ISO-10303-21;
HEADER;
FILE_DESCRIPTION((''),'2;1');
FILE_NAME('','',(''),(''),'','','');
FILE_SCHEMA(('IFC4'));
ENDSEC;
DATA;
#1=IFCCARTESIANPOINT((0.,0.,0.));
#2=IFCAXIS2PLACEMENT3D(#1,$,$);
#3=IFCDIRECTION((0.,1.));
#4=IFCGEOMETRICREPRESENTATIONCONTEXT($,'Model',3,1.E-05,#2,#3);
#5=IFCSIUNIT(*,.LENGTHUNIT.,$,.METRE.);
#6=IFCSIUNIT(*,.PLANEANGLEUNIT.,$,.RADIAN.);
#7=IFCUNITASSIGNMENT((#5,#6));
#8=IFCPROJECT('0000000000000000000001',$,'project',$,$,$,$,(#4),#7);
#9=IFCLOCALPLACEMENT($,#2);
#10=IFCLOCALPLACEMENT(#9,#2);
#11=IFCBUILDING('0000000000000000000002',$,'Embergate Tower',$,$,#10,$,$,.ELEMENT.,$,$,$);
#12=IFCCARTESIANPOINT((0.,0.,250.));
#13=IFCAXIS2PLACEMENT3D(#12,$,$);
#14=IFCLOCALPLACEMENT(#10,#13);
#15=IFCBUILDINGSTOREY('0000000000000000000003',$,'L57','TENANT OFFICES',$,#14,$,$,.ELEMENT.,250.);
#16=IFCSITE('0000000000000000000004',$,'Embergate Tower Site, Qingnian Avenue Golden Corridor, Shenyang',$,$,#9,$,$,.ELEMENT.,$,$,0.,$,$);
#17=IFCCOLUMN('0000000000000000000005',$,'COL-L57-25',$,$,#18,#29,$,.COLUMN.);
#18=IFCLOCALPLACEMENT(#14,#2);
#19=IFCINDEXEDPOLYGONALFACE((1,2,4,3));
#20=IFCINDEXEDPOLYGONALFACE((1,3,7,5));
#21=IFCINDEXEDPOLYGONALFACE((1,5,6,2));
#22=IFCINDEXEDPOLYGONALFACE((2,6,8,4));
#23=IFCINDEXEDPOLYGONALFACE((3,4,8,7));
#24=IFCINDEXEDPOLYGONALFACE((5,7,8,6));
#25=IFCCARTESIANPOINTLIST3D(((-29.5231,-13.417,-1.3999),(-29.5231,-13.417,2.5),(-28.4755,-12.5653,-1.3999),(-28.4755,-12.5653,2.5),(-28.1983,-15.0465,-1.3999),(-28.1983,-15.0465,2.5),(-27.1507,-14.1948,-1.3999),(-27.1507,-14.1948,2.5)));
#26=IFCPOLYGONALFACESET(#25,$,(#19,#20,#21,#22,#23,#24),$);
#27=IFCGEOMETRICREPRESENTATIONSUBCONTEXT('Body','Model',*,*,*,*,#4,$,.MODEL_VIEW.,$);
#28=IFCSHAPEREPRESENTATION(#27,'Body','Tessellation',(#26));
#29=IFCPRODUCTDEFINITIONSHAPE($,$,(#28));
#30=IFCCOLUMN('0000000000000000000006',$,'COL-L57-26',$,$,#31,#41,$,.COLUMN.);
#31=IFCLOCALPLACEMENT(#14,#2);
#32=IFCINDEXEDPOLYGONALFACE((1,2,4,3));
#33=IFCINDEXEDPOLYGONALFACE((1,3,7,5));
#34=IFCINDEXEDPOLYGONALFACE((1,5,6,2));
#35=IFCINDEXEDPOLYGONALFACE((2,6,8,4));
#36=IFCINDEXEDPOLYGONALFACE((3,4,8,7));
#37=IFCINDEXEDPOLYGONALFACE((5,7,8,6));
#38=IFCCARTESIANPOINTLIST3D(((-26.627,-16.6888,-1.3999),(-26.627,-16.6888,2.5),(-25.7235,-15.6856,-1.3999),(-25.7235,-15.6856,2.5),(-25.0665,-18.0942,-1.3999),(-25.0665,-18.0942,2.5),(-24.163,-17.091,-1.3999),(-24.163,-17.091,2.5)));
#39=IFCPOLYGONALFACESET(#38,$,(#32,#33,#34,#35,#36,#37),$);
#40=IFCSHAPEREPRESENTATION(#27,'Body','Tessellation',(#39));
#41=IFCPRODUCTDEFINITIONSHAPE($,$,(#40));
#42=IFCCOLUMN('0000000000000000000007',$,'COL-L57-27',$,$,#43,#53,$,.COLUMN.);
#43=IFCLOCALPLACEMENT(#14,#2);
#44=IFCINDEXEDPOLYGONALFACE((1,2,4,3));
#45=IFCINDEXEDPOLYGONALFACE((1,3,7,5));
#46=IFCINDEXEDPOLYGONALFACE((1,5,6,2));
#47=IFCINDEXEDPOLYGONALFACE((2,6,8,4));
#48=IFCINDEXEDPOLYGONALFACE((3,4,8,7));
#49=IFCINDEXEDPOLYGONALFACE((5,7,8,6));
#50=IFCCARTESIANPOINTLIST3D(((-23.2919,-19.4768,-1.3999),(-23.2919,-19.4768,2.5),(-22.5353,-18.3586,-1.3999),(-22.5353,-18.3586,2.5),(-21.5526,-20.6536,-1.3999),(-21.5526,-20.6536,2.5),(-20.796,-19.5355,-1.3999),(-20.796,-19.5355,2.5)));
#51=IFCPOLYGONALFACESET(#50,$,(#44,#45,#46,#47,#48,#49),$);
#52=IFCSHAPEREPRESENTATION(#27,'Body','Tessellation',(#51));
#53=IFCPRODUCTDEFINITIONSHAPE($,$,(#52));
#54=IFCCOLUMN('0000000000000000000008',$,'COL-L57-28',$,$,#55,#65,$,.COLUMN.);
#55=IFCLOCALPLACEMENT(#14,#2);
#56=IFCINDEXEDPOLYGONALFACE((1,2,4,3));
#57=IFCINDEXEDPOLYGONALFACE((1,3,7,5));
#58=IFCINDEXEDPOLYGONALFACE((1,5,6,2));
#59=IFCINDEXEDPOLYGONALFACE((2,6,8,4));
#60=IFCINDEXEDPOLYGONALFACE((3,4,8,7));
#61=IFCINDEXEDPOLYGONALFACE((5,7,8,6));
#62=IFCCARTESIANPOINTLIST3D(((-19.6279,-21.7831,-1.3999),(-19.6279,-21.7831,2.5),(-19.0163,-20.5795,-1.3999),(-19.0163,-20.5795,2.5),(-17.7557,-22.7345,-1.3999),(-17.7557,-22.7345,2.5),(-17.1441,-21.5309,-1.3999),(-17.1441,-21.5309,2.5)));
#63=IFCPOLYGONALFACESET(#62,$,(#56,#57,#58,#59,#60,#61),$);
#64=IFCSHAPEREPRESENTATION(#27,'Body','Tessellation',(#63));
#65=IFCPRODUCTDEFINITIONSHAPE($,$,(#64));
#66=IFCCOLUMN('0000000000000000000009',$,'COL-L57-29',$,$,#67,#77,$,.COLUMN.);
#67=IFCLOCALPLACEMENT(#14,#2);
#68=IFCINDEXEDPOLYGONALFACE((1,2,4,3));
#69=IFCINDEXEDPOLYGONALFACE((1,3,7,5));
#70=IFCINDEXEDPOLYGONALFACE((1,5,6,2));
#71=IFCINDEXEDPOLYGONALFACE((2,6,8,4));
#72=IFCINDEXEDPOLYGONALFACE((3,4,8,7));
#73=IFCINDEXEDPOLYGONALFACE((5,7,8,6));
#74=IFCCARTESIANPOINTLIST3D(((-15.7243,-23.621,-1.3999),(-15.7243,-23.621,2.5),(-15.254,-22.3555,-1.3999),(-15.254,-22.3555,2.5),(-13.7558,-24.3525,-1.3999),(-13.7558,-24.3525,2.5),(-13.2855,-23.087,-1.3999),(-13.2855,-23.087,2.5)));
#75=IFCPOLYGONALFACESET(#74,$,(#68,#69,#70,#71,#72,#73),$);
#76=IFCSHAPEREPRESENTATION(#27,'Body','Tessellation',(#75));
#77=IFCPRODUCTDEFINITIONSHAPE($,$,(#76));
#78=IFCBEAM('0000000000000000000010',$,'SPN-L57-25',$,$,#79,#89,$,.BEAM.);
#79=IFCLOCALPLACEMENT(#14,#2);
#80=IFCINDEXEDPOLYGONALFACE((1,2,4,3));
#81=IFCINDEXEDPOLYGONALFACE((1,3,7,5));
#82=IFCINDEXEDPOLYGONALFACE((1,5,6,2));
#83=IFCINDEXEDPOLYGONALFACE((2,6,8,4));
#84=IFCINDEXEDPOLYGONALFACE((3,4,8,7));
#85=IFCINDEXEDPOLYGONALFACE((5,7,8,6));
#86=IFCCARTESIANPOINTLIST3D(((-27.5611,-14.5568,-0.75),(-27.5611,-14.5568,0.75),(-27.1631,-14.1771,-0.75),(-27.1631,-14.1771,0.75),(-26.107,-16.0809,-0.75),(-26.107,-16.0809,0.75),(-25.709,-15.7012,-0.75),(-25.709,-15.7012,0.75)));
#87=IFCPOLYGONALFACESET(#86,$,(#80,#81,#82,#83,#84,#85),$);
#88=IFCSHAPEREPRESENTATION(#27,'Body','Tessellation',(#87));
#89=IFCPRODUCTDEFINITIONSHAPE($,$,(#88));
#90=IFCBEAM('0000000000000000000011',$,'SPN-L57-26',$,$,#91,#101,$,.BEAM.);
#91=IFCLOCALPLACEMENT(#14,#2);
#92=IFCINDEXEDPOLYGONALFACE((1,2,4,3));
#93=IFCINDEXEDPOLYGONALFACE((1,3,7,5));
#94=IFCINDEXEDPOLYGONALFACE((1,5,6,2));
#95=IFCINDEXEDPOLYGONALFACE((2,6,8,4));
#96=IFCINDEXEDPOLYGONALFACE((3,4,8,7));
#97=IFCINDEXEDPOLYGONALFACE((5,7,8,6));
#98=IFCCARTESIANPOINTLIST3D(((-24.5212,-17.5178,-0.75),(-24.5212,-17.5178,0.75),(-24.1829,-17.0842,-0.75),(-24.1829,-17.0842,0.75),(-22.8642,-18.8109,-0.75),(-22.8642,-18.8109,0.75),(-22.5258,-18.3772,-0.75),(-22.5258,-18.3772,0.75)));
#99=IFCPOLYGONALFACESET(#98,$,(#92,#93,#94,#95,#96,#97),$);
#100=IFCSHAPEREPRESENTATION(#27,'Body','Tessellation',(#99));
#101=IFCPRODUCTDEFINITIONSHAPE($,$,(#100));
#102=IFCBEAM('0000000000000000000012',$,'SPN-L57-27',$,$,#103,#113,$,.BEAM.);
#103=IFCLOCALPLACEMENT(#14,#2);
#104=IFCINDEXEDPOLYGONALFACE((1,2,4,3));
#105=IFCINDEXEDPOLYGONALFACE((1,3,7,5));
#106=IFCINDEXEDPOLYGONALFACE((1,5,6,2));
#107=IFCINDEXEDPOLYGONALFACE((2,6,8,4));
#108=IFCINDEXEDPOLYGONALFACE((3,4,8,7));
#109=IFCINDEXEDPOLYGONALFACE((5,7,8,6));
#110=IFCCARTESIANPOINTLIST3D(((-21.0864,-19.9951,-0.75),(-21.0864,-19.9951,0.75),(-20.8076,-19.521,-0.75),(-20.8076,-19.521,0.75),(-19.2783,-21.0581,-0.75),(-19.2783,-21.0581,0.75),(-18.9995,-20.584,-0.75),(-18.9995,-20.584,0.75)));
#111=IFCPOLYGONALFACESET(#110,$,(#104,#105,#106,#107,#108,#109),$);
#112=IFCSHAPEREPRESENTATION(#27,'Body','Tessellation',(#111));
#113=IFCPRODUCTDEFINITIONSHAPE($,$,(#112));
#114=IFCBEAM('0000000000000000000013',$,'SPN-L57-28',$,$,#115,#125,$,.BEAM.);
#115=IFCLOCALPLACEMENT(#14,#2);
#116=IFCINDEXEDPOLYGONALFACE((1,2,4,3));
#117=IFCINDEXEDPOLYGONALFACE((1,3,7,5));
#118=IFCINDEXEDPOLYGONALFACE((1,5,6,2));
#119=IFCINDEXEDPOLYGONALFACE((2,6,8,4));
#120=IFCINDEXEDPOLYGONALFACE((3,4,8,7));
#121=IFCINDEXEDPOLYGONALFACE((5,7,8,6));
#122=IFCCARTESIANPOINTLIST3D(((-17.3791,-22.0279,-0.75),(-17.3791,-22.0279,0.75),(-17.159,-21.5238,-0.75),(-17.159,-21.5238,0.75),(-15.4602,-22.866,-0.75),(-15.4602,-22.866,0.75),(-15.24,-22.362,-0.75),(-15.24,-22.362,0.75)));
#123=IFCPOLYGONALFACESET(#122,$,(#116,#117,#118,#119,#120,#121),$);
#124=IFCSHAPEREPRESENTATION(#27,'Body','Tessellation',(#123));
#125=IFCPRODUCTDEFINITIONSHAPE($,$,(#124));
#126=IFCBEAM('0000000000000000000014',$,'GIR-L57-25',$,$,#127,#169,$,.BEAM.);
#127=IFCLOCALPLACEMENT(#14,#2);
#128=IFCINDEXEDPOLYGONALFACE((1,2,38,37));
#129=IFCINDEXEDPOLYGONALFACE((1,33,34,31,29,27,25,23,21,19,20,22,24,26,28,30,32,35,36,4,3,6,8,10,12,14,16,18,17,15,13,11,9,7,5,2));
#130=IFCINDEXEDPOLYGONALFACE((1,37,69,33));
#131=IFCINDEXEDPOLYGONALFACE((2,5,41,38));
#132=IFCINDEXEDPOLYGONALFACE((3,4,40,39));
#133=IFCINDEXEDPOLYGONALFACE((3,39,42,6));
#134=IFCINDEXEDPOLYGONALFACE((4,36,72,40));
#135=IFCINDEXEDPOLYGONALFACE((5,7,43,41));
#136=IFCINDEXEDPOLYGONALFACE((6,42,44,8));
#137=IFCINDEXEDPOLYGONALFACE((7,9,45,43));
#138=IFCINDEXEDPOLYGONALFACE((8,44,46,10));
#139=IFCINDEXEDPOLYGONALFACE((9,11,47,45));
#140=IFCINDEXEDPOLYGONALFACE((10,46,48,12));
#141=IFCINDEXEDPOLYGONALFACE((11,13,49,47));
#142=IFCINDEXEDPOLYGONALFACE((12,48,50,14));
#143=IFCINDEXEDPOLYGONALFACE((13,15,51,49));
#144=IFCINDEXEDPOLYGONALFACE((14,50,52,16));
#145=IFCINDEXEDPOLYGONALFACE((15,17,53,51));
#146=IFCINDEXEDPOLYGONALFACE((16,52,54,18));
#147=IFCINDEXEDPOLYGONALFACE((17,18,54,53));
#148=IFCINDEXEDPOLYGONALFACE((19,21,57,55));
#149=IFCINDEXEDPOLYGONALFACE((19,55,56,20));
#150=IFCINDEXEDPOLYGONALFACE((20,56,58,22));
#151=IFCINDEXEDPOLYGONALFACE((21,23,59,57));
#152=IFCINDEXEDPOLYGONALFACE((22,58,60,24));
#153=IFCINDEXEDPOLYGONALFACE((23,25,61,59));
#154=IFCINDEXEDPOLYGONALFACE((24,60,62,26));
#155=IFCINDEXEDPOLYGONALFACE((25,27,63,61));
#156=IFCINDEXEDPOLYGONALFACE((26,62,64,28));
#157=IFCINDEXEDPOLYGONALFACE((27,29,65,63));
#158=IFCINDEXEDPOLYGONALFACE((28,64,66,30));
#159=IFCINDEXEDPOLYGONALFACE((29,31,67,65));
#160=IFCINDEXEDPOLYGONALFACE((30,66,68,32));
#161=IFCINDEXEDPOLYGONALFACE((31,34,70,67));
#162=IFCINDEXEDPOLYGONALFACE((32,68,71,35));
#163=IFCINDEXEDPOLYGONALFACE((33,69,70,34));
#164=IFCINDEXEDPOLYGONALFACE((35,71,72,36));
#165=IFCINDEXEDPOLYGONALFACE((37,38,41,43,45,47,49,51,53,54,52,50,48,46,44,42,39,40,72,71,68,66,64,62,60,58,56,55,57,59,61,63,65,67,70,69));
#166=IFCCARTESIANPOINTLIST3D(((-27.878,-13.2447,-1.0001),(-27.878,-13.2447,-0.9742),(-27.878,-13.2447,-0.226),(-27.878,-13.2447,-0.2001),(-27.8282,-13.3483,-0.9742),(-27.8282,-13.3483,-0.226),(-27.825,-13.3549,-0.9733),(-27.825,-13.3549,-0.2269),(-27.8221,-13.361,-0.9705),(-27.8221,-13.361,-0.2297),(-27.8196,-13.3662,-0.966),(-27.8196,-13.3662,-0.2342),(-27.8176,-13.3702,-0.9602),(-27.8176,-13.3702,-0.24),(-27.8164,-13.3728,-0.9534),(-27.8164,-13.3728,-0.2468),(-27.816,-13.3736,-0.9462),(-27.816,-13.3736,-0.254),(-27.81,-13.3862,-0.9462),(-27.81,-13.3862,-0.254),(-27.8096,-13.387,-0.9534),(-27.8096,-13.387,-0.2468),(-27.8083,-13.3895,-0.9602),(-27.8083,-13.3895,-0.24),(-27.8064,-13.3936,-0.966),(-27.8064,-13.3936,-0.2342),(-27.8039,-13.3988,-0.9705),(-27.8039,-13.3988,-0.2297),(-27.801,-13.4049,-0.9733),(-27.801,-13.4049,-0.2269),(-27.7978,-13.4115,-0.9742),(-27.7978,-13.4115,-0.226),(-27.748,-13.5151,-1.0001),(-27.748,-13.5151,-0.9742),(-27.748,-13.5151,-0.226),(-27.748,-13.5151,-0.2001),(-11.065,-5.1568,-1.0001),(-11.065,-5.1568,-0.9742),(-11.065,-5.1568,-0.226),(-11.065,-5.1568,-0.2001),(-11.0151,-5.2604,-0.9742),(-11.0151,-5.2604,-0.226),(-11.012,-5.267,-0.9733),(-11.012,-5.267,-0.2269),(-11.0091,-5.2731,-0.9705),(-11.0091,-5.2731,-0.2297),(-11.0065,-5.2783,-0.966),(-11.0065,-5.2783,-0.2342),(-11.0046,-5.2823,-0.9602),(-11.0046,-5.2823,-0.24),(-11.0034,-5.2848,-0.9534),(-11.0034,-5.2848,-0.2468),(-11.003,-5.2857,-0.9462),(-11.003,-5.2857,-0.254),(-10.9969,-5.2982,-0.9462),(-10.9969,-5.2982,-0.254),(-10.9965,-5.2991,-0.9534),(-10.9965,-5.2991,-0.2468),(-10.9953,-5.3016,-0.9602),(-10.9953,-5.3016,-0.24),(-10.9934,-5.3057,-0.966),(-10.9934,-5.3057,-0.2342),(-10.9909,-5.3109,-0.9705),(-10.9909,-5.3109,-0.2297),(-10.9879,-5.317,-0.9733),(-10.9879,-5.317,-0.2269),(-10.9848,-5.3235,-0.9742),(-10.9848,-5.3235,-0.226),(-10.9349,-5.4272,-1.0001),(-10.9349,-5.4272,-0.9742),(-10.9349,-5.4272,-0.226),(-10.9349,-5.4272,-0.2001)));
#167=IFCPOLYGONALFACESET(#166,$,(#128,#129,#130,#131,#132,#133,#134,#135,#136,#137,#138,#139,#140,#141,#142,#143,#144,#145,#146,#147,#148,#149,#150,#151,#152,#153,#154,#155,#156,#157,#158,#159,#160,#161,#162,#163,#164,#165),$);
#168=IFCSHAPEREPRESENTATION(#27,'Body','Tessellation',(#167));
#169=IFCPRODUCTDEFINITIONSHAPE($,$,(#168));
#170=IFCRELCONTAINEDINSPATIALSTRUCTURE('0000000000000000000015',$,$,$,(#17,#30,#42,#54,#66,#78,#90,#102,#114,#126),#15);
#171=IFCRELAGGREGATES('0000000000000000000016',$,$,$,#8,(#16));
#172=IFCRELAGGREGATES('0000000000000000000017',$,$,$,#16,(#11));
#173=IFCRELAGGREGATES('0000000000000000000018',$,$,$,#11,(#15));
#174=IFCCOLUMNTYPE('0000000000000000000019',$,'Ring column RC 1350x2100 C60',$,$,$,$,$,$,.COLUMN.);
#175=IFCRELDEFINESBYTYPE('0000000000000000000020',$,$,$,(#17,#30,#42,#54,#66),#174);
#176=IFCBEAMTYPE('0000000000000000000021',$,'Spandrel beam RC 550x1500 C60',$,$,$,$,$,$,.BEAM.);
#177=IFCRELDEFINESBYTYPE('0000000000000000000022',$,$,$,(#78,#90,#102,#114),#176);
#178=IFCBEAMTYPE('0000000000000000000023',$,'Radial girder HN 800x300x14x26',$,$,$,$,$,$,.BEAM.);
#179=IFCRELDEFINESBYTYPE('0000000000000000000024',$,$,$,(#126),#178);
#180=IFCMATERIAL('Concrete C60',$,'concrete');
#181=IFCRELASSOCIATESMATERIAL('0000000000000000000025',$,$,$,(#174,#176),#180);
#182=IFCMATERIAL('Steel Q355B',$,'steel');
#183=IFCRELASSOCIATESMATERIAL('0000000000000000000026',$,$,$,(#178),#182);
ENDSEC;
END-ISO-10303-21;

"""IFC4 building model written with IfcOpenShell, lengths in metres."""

from ifc_helpers import new_model, si_unit, direction, frame, origin, origin_2d, place, context, subcontext, project, spatial, rectangle, i_section, extrude, source, transform, mapped, material, material_profile, profile_set, type_object, element, save


model = new_model("IFC4")

# Units and contexts
model_context = context("Model", 3, precision=1e-05, world=origin(), true_north=direction((0.0, 1.0)))
body_context = subcontext(model_context, "Body", "Model", "MODEL_VIEW")
ifc_project = project(units=[si_unit("LENGTHUNIT", "METRE"), si_unit("PLANEANGLEUNIT", "RADIAN")], contexts=[model_context])

# Site, building, storey
site_placement = place(None, origin())
site = spatial("IfcSite", under=ifc_project, at=site_placement, Name="Embergate Tower Site, Qingnian Avenue Golden Corridor, Shenyang", CompositionType="ELEMENT", RefElevation=0.0)
building_placement = place(site_placement, origin())
building = spatial("IfcBuilding", under=site, at=building_placement, Name="Embergate Tower", CompositionType="ELEMENT")
storey_placement = place(building_placement, frame((0.0, 0.0, 250.0)))
storey = spatial("IfcBuildingStorey", under=building, at=storey_placement, Name="L57", Description="TENANT OFFICES", CompositionType="ELEMENT", Elevation=250.0)

# Columns
ifc_material_1 = material(Name="Concrete C60", Category="concrete")
ifc_material_profile_1 = material_profile(ifc_material_1, rectangle(XDim=1.3501, YDim=2.1001, at=origin_2d()), Name="RC 1350x2100")
ifc_profile_set_1 = profile_set([ifc_material_profile_1], Name="Concrete C60")
column_type = type_object("IfcColumnType", Name="Ring column RC 1350x2100 C60", PredefinedType="COLUMN", material=ifc_profile_set_1)
shared_shape_1 = source(origin(), body_context, "Body", "SweptSolid", [
    extrude(rectangle(XDim=1.3501, YDim=2.1001, at=origin_2d()), origin(), (0.0, 0.0, 1.0), 3.8999),
])
for number, where, z_axis, x_axis, name in (
    (1, (-28.3369, -13.8059, -1.3999), (0.0, 0.0, 1.0), (-0.775925, -0.630825, 0.0), "COL-L57-25"),
    (2, (-25.395, -16.8899, -1.3999), (0.0, 0.0, 1.0), (-0.669208, -0.743075, 0.0), "COL-L57-26"),
    (3, (-22.0439, -19.5061, -1.3999), (0.0, 0.0, 1.0), (-0.560393, -0.828227, 0.0), "COL-L57-27"),
    (4, (-18.386, -21.657, -1.3999), (0.0, 0.0, 1.0), (-0.453011, -0.891505, 0.0), "COL-L57-28"),
    (5, (-14.5049, -23.354, -1.3999), (0.0, 0.0, 1.0), (-0.348343, -0.937367, 0.0), "COL-L57-29"),
):
    element("IfcColumn", number, at=place(storey_placement, frame(where, z_axis=z_axis, x_axis=x_axis)), inside=storey, type_object=column_type, Name=name, PredefinedType="COLUMN", context=body_context, shape_type="MappedRepresentation", body=[
        mapped(shared_shape_1, transform((0.0, 0.0, 0.0))),
    ])

# Beams
ifc_material_profile_2 = material_profile(ifc_material_1, rectangle(XDim=0.55, YDim=1.5, at=origin_2d()), Name="RC 550x1500")
ifc_profile_set_2 = profile_set([ifc_material_profile_2], Name="Concrete C60")
beam_type_1 = type_object("IfcBeamType", Name="Spandrel beam RC 550x1500 C60", PredefinedType="BEAM", material=ifc_profile_set_2)
shared_shape_2 = source(origin(), body_context, "Body", "SweptSolid", [
    extrude(rectangle(XDim=0.55, YDim=1.5, at=origin_2d()), origin(), (0.0, 0.0, 1.0), 2.1064),
])
beam_1_placement = place(storey_placement, frame((-27.3621, -14.3669, 0.0), z_axis=(0.69028, -0.723542, 0.0), x_axis=(0.723542, 0.69028, 0.0)))
element("IfcBeam", 6, at=beam_1_placement, inside=storey, type_object=beam_type_1, Name="SPN-L57-25", PredefinedType="BEAM", context=body_context, shape_type="MappedRepresentation", body=[
    mapped(shared_shape_2, transform((0.0, 0.0, 0.0))),
])
shared_shape_3 = source(origin(), body_context, "Body", "SweptSolid", [
    extrude(rectangle(XDim=0.55, YDim=1.5, at=origin_2d()), origin(), (0.0, 0.0, 1.0), 2.1018),
])
beam_2_placement = place(storey_placement, frame((-24.3521, -17.301, 0.0), z_axis=(0.788382, -0.615186, 0.0), x_axis=(0.615186, 0.788382, 0.0)))
element("IfcBeam", 7, at=beam_2_placement, inside=storey, type_object=beam_type_1, Name="SPN-L57-26", PredefinedType="BEAM", context=body_context, shape_type="MappedRepresentation", body=[
    mapped(shared_shape_3, transform((0.0, 0.0, 0.0))),
])
shared_shape_4 = source(origin(), body_context, "Body", "SweptSolid", [
    extrude(rectangle(XDim=0.55, YDim=1.5, at=origin_2d()), origin(), (0.0, 0.0, 1.0), 2.0974),
])
beam_3_placement = place(storey_placement, frame((-20.947, -19.7581, 0.0), z_axis=(0.86206, -0.506806, 0.0), x_axis=(0.506806, 0.86206, 0.0)))
element("IfcBeam", 8, at=beam_3_placement, inside=storey, type_object=beam_type_1, Name="SPN-L57-27", PredefinedType="BEAM", context=body_context, shape_type="MappedRepresentation", body=[
    mapped(shared_shape_4, transform((0.0, 0.0, 0.0))),
])
shared_shape_5 = source(origin(), body_context, "Body", "SweptSolid", [
    extrude(rectangle(XDim=0.55, YDim=1.5, at=origin_2d()), origin(), (0.0, 0.0, 1.0), 2.094),
])
beam_4_placement = place(storey_placement, frame((-17.269, -21.7759, 0.0), z_axis=(0.916403, -0.400256, 0.0), x_axis=(0.400256, 0.916403, 0.0)))
element("IfcBeam", 9, at=beam_4_placement, inside=storey, type_object=beam_type_1, Name="SPN-L57-28", PredefinedType="BEAM", context=body_context, shape_type="MappedRepresentation", body=[
    mapped(shared_shape_5, transform((0.0, 0.0, 0.0))),
])
ifc_material_2 = material(Name="Steel Q355B", Category="steel")
ifc_material_profile_3 = material_profile(ifc_material_2, i_section(OverallWidth=0.3, OverallDepth=0.8, WebThickness=0.0139, FlangeThickness=0.0259, FilletRadius=0.0281, at=origin_2d()), Name="HN 800x300x14x26")
ifc_profile_set_3 = profile_set([ifc_material_profile_3], Name="Steel Q355 grade B")
beam_type_2 = type_object("IfcBeamType", Name="Radial girder HN 800x300x14x26", PredefinedType="BEAM", material=ifc_profile_set_3)
shared_shape_6 = source(origin(), body_context, "Body", "SweptSolid", [
    extrude(i_section(OverallWidth=0.3, OverallDepth=0.8, WebThickness=0.0139, FlangeThickness=0.0259, FilletRadius=0.0281, at=origin_2d()), origin(), (0.0, 0.0, 1.0), 18.6572),
])
beam_5_placement = place(storey_placement, frame((-27.813, -13.3799, -0.6001), z_axis=(0.901154, 0.4335, 0.0), x_axis=(-0.4335, 0.901154, 0.0)))
element("IfcBeam", 10, at=beam_5_placement, inside=storey, type_object=beam_type_2, Name="GIR-L57-25", PredefinedType="BEAM", context=body_context, shape_type="MappedRepresentation", body=[
    mapped(shared_shape_6, transform((0.0, 0.0, 0.0))),
])

save(model, "model.ifc")
